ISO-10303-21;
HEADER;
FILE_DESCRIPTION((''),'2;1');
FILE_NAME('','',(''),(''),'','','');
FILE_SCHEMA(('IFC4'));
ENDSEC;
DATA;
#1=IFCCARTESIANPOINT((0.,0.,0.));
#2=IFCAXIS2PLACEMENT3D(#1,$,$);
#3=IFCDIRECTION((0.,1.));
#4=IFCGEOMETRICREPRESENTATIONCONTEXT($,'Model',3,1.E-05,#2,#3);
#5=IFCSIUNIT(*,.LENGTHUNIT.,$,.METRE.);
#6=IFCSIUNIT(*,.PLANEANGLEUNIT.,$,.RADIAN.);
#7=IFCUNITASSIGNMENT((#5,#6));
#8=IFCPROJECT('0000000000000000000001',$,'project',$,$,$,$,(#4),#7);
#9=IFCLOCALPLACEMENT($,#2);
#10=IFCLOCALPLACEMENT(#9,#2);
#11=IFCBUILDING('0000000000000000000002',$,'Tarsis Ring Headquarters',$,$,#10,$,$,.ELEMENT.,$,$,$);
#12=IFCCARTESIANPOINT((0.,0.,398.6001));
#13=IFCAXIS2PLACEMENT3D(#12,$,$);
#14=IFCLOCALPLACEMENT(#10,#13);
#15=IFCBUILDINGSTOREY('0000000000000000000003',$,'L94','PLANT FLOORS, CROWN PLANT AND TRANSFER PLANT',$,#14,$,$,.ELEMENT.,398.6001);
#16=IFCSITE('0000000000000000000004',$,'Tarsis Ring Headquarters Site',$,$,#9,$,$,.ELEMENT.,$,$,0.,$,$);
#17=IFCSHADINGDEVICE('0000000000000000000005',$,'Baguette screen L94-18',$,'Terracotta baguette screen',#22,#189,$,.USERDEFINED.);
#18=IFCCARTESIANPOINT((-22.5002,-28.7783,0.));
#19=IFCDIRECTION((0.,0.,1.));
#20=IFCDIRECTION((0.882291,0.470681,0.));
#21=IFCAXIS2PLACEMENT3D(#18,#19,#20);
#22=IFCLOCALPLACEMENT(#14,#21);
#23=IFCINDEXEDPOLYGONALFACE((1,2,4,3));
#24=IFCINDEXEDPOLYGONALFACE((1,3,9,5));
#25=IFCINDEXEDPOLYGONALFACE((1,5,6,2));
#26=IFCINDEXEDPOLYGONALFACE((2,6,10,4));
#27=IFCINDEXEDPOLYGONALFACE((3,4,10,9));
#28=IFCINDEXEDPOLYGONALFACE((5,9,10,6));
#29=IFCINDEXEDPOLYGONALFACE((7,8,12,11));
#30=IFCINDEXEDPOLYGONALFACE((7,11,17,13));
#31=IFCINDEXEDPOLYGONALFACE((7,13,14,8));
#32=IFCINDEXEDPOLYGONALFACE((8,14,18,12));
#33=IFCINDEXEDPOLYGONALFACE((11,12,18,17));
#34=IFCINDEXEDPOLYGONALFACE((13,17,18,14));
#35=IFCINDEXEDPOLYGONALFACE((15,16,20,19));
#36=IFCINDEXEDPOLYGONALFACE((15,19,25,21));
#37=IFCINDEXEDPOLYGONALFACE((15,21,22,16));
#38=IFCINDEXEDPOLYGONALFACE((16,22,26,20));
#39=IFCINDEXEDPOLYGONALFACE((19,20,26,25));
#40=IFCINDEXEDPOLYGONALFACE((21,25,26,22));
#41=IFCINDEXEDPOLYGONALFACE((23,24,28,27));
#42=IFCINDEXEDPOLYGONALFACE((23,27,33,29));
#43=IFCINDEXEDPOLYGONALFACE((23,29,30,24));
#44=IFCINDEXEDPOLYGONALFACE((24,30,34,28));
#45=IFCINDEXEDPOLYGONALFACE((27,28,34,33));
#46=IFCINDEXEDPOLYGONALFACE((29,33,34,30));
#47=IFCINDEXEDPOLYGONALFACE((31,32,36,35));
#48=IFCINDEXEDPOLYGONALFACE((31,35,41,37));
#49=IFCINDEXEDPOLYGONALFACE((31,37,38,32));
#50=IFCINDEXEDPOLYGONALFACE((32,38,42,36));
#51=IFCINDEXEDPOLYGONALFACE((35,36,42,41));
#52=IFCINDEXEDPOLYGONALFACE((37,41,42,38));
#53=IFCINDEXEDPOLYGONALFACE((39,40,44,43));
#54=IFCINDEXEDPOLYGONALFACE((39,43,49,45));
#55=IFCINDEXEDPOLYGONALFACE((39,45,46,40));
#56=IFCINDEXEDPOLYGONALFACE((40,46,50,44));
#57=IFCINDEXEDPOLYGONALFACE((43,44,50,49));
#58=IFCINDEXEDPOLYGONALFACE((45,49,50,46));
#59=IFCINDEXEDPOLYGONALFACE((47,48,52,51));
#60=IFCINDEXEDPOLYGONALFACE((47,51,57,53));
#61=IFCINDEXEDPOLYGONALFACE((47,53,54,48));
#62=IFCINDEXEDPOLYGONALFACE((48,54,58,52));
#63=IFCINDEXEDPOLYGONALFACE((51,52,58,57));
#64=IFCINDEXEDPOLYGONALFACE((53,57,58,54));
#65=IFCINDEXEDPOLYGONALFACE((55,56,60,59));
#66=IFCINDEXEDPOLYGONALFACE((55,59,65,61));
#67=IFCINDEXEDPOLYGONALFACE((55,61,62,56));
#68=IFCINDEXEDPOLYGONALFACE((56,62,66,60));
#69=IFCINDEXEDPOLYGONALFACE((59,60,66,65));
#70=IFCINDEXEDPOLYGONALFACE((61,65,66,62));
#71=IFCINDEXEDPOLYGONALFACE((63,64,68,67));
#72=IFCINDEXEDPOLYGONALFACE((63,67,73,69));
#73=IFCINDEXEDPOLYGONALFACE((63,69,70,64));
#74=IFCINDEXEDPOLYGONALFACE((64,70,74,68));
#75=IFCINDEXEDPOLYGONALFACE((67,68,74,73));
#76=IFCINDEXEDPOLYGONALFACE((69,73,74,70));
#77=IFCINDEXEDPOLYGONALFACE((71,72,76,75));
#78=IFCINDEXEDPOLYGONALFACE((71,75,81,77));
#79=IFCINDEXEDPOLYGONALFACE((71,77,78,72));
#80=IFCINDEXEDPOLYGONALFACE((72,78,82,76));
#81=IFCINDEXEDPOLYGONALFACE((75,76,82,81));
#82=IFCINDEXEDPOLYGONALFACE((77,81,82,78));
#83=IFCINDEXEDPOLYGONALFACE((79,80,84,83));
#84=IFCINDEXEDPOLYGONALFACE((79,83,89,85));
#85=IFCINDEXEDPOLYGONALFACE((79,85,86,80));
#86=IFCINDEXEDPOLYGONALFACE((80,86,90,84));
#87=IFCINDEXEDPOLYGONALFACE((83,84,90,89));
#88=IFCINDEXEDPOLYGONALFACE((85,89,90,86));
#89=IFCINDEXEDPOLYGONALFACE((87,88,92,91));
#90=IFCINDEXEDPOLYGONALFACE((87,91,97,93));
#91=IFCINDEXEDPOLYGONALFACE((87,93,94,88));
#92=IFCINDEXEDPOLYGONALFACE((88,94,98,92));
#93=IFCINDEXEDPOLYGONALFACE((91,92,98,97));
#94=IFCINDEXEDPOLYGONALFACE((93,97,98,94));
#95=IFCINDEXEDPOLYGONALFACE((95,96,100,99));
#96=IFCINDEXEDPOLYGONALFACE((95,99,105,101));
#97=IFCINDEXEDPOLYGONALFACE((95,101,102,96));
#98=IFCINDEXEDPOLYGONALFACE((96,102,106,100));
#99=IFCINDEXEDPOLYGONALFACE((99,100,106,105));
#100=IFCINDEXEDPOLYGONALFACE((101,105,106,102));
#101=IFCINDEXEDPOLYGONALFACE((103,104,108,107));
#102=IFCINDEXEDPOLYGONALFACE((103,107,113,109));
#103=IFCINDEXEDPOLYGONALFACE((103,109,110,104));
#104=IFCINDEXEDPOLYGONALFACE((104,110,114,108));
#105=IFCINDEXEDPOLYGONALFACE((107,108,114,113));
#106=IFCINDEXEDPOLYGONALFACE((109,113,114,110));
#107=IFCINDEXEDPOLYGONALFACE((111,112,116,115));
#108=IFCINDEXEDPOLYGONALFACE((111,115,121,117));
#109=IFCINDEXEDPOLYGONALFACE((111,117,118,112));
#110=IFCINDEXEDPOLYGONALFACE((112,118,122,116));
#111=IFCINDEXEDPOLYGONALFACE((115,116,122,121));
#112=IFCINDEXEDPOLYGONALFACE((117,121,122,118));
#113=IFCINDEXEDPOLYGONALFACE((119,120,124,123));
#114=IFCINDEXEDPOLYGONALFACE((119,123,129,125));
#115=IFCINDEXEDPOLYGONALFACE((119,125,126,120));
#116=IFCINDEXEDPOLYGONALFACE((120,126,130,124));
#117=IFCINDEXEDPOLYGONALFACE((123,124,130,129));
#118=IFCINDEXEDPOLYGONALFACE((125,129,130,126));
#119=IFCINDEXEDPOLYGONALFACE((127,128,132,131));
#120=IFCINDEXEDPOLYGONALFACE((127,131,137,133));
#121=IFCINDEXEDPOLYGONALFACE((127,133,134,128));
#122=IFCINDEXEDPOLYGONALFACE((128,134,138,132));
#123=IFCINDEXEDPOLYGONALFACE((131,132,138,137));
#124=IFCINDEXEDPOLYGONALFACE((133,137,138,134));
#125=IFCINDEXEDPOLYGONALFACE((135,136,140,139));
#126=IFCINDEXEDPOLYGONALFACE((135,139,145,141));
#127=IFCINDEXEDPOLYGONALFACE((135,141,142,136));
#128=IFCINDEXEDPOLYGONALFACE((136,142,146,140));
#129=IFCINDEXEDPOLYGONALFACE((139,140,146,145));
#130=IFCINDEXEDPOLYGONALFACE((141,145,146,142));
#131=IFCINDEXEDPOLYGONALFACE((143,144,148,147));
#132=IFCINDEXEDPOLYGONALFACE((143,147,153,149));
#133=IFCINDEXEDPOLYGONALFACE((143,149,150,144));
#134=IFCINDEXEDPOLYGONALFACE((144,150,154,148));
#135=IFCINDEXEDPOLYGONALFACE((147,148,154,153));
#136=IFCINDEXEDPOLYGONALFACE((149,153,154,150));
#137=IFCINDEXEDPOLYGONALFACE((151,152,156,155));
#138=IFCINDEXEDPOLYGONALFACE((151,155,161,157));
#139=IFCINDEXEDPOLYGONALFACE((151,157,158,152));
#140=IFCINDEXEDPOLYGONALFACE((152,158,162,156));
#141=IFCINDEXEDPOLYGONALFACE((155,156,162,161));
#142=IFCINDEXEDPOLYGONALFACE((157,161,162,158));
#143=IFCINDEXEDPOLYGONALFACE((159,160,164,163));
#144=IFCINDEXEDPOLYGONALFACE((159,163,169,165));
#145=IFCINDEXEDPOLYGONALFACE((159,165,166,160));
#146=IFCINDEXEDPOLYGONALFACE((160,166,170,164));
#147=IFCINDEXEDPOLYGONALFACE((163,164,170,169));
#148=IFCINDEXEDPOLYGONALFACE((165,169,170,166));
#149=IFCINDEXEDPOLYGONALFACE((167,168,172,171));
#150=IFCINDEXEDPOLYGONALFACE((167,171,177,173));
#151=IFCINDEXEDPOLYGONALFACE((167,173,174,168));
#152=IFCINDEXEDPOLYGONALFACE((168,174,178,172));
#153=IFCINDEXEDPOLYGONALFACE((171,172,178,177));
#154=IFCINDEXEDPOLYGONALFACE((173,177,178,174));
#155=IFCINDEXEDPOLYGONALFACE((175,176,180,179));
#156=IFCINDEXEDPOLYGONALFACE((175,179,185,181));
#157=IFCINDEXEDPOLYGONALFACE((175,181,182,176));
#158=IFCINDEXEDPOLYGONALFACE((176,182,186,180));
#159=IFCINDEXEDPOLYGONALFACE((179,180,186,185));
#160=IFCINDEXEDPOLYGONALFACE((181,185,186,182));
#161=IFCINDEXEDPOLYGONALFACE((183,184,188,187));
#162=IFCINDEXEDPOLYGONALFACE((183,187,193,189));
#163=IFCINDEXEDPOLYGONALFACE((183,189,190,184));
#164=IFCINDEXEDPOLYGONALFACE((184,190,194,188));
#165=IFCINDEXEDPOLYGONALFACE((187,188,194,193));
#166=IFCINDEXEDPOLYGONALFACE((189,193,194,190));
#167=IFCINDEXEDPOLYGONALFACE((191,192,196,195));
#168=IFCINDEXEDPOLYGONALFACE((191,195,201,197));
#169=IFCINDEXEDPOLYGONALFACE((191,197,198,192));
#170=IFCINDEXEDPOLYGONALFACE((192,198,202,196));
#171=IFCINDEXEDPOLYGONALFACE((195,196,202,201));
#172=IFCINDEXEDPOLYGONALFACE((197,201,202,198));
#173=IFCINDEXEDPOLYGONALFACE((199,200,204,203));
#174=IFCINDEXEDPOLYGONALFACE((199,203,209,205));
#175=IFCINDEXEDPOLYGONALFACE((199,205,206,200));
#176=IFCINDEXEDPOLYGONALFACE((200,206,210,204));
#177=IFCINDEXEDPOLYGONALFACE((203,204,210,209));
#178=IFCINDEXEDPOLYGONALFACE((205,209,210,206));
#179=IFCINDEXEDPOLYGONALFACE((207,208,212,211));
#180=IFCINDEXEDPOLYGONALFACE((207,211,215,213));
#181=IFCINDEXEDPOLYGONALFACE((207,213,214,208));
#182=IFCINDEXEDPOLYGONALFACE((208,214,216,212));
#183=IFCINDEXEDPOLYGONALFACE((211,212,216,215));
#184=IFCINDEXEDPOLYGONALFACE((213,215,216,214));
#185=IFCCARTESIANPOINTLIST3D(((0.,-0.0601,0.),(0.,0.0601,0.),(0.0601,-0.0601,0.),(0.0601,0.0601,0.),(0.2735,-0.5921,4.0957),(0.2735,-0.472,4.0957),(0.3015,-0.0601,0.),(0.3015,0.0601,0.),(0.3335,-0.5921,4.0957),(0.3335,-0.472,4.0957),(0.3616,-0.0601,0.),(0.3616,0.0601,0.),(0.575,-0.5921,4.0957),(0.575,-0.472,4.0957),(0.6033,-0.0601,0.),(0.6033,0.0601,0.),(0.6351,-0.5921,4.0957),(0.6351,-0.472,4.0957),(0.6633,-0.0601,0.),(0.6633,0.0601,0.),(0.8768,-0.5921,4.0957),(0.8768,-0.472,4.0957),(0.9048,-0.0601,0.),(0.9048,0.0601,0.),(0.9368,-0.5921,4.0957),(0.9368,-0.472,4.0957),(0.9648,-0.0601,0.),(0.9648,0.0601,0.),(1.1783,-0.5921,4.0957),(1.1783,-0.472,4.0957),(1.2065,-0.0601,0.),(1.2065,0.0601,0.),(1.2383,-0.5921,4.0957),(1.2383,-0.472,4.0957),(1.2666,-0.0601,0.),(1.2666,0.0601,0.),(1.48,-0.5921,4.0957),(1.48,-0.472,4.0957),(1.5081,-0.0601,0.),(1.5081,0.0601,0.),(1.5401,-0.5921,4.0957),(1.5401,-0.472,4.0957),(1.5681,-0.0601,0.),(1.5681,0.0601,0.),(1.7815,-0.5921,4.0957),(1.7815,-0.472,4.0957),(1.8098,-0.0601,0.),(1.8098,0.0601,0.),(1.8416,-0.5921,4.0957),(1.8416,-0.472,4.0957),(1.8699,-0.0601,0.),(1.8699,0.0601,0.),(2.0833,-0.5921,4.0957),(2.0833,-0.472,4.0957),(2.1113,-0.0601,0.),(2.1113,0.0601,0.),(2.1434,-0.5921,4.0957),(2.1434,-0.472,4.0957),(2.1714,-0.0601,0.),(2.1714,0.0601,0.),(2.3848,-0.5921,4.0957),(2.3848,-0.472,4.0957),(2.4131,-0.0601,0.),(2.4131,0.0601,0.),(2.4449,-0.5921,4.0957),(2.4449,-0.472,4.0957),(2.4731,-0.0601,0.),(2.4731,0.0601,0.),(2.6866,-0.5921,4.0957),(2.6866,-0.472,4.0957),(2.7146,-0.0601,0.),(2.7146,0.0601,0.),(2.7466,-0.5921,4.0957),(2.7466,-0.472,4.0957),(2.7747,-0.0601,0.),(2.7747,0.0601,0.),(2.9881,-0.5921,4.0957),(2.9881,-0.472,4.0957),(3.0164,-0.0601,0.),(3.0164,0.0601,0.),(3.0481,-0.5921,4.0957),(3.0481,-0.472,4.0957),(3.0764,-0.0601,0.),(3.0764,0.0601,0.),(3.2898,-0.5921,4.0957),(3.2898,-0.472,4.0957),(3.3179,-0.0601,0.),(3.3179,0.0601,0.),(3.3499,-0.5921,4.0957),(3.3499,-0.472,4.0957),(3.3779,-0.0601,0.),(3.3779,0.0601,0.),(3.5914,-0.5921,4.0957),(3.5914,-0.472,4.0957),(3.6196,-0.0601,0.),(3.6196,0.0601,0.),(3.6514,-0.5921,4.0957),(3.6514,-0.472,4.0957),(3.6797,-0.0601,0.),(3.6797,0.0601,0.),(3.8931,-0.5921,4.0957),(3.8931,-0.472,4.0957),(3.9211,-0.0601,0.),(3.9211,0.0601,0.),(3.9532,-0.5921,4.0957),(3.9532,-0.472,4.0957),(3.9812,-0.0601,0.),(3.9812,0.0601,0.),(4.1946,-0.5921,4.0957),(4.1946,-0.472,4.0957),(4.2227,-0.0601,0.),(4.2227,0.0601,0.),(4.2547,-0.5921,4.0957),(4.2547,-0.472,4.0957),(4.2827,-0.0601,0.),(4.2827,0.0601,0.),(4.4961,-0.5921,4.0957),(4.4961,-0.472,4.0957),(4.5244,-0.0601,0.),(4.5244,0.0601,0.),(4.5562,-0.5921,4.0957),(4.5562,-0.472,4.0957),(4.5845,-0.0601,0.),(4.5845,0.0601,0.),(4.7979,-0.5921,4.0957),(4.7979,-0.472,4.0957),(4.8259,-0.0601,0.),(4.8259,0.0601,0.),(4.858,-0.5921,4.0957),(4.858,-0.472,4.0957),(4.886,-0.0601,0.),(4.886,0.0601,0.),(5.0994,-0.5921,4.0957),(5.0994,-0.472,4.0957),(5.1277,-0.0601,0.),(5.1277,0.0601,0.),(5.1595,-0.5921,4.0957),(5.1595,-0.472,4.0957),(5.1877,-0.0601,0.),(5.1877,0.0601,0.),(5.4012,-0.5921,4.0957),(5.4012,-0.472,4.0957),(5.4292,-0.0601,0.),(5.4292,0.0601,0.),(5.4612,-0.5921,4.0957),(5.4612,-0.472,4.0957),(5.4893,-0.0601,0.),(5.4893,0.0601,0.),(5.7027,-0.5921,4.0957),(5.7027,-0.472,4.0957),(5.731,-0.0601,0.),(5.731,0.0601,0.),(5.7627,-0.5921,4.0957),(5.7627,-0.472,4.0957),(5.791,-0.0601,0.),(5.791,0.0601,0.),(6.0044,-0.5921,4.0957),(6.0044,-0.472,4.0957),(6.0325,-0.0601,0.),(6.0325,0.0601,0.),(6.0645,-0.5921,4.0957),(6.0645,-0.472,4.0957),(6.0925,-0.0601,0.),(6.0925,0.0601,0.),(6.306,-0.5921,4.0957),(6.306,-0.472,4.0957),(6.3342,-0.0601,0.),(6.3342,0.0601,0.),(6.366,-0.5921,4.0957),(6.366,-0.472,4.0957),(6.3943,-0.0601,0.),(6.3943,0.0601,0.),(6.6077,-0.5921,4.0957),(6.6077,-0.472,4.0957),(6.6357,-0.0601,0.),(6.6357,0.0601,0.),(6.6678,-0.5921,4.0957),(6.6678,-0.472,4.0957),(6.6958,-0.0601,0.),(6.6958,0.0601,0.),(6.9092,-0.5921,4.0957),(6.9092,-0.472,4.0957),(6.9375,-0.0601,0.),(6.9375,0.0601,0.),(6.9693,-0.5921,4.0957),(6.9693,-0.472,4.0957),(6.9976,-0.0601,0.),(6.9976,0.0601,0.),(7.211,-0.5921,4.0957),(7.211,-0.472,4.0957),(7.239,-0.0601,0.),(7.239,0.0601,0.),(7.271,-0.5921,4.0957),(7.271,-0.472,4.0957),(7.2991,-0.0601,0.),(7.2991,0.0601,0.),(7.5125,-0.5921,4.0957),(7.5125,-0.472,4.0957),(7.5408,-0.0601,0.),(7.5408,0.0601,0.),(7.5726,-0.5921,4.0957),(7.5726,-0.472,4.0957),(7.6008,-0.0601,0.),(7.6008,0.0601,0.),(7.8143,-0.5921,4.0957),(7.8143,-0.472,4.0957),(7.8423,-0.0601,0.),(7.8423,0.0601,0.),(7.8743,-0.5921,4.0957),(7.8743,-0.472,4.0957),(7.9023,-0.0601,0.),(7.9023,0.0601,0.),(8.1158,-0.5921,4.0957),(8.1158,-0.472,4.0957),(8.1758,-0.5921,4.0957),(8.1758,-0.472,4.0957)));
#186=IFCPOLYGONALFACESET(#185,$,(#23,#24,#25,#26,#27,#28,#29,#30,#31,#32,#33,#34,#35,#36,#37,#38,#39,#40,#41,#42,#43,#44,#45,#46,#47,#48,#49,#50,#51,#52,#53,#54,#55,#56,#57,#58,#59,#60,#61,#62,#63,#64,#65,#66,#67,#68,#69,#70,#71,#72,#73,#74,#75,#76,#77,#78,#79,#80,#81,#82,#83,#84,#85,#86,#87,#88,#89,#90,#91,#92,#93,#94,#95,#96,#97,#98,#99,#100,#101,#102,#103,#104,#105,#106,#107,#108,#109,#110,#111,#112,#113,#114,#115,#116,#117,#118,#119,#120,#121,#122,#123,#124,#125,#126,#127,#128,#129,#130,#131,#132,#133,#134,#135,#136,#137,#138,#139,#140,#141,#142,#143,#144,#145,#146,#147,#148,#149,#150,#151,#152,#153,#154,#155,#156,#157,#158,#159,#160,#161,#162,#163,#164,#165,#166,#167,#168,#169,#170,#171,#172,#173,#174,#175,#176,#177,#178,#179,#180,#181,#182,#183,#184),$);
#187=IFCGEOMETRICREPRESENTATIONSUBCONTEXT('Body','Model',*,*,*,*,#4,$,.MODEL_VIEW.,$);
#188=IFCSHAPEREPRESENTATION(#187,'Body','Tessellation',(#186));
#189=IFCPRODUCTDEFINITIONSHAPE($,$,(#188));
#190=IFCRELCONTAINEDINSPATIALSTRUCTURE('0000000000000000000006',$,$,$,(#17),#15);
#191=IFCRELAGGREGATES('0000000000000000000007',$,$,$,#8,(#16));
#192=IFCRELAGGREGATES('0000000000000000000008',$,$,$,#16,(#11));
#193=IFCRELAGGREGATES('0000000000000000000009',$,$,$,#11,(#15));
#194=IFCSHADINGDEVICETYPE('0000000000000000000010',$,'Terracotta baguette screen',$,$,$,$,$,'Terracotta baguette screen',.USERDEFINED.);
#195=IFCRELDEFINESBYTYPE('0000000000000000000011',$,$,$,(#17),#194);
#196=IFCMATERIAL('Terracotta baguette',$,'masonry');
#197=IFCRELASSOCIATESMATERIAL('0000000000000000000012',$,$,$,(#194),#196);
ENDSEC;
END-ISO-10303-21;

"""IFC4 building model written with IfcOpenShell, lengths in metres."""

from ifc_helpers import new_model, si_unit, direction, frame, frame_2d, origin, place, context, subcontext, project, spatial, rectangle, composite_profile, extrude, material, type_object, element, save


model = new_model("IFC4")

# Units and contexts
model_context = context("Model", 3, precision=1e-05, world=origin(), true_north=direction((0.0, 1.0)))
body_context = subcontext(model_context, "Body", "Model", "MODEL_VIEW")
ifc_project = project(units=[si_unit("LENGTHUNIT", "METRE"), si_unit("PLANEANGLEUNIT", "RADIAN")], contexts=[model_context])

# Site, building, storey
site_placement = place(None, origin())
site = spatial("IfcSite", under=ifc_project, at=site_placement, Name="Tarsis Ring Headquarters Site", CompositionType="ELEMENT", RefElevation=0.0)
building_placement = place(site_placement, origin())
building = spatial("IfcBuilding", under=site, at=building_placement, Name="Tarsis Ring Headquarters", CompositionType="ELEMENT")
storey_placement = place(building_placement, frame((0.0, 0.0, 398.6001)))
storey = spatial("IfcBuildingStorey", under=building, at=storey_placement, Name="L94", Description="PLANT FLOORS, CROWN PLANT AND TRANSFER PLANT", CompositionType="ELEMENT", Elevation=398.6001)

# Shading device
ifc_material_1 = material(Name="Terracotta baguette", Category="masonry")
shading_device_type_1 = type_object("IfcShadingDeviceType", Name="Terracotta baguette screen", ElementType="Terracotta baguette screen", PredefinedType="USERDEFINED", material=ifc_material_1)
shading_device_1_placement = place(storey_placement, frame((-22.5002, -28.7783, 0.0), z_axis=(0.0, 0.0, 1.0), x_axis=(0.882291, 0.470681, 0.0)))
element("IfcShadingDevice", 1, at=shading_device_1_placement, inside=storey, type_object=shading_device_type_1, Name="Baguette screen L94-18", ObjectType="Terracotta baguette screen", PredefinedType="USERDEFINED", context=body_context, shape_type="SweptSolid", body=[
    extrude(composite_profile([rectangle(XDim=0.0601, YDim=0.1201, at=frame_2d((0.03, 0.0))), rectangle(XDim=0.0601, YDim=0.1201, at=frame_2d((0.3315, 0.0))), rectangle(XDim=0.0601, YDim=0.1201, at=frame_2d((0.6333, 0.0))), rectangle(XDim=0.0601, YDim=0.1201, at=frame_2d((0.9348, 0.0))), rectangle(XDim=0.0601, YDim=0.1201, at=frame_2d((1.2366, 0.0))), rectangle(XDim=0.0601, YDim=0.1201, at=frame_2d((1.5381, 0.0))), rectangle(XDim=0.0601, YDim=0.1201, at=frame_2d((1.8398, 0.0))), rectangle(XDim=0.0601, YDim=0.1201, at=frame_2d((2.1414, 0.0))), rectangle(XDim=0.0601, YDim=0.1201, at=frame_2d((2.4431, 0.0))), rectangle(XDim=0.0601, YDim=0.1201, at=frame_2d((2.7446, 0.0))), rectangle(XDim=0.0601, YDim=0.1201, at=frame_2d((3.0464, 0.0))), rectangle(XDim=0.0601, YDim=0.1201, at=frame_2d((3.3479, 0.0))), rectangle(XDim=0.0601, YDim=0.1201, at=frame_2d((3.6497, 0.0))), rectangle(XDim=0.0601, YDim=0.1201, at=frame_2d((3.9512, 0.0))), rectangle(XDim=0.0601, YDim=0.1201, at=frame_2d((4.2527, 0.0))), rectangle(XDim=0.0601, YDim=0.1201, at=frame_2d((4.5544, 0.0))), rectangle(XDim=0.0601, YDim=0.1201, at=frame_2d((4.856, 0.0))), rectangle(XDim=0.0601, YDim=0.1201, at=frame_2d((5.1577, 0.0))), rectangle(XDim=0.0601, YDim=0.1201, at=frame_2d((5.4592, 0.0))), rectangle(XDim=0.0601, YDim=0.1201, at=frame_2d((5.761, 0.0))), rectangle(XDim=0.0601, YDim=0.1201, at=frame_2d((6.0625, 0.0))), rectangle(XDim=0.0601, YDim=0.1201, at=frame_2d((6.3643, 0.0))), rectangle(XDim=0.0601, YDim=0.1201, at=frame_2d((6.6658, 0.0))), rectangle(XDim=0.0601, YDim=0.1201, at=frame_2d((6.9675, 0.0))), rectangle(XDim=0.0601, YDim=0.1201, at=frame_2d((7.269, 0.0))), rectangle(XDim=0.0601, YDim=0.1201, at=frame_2d((7.5708, 0.0))), rectangle(XDim=0.0601, YDim=0.1201, at=frame_2d((7.8723, 0.0)))]), origin(), (0.066072, -0.128533, 0.989502), 4.1392),
])

save(model, "model.ifc")
